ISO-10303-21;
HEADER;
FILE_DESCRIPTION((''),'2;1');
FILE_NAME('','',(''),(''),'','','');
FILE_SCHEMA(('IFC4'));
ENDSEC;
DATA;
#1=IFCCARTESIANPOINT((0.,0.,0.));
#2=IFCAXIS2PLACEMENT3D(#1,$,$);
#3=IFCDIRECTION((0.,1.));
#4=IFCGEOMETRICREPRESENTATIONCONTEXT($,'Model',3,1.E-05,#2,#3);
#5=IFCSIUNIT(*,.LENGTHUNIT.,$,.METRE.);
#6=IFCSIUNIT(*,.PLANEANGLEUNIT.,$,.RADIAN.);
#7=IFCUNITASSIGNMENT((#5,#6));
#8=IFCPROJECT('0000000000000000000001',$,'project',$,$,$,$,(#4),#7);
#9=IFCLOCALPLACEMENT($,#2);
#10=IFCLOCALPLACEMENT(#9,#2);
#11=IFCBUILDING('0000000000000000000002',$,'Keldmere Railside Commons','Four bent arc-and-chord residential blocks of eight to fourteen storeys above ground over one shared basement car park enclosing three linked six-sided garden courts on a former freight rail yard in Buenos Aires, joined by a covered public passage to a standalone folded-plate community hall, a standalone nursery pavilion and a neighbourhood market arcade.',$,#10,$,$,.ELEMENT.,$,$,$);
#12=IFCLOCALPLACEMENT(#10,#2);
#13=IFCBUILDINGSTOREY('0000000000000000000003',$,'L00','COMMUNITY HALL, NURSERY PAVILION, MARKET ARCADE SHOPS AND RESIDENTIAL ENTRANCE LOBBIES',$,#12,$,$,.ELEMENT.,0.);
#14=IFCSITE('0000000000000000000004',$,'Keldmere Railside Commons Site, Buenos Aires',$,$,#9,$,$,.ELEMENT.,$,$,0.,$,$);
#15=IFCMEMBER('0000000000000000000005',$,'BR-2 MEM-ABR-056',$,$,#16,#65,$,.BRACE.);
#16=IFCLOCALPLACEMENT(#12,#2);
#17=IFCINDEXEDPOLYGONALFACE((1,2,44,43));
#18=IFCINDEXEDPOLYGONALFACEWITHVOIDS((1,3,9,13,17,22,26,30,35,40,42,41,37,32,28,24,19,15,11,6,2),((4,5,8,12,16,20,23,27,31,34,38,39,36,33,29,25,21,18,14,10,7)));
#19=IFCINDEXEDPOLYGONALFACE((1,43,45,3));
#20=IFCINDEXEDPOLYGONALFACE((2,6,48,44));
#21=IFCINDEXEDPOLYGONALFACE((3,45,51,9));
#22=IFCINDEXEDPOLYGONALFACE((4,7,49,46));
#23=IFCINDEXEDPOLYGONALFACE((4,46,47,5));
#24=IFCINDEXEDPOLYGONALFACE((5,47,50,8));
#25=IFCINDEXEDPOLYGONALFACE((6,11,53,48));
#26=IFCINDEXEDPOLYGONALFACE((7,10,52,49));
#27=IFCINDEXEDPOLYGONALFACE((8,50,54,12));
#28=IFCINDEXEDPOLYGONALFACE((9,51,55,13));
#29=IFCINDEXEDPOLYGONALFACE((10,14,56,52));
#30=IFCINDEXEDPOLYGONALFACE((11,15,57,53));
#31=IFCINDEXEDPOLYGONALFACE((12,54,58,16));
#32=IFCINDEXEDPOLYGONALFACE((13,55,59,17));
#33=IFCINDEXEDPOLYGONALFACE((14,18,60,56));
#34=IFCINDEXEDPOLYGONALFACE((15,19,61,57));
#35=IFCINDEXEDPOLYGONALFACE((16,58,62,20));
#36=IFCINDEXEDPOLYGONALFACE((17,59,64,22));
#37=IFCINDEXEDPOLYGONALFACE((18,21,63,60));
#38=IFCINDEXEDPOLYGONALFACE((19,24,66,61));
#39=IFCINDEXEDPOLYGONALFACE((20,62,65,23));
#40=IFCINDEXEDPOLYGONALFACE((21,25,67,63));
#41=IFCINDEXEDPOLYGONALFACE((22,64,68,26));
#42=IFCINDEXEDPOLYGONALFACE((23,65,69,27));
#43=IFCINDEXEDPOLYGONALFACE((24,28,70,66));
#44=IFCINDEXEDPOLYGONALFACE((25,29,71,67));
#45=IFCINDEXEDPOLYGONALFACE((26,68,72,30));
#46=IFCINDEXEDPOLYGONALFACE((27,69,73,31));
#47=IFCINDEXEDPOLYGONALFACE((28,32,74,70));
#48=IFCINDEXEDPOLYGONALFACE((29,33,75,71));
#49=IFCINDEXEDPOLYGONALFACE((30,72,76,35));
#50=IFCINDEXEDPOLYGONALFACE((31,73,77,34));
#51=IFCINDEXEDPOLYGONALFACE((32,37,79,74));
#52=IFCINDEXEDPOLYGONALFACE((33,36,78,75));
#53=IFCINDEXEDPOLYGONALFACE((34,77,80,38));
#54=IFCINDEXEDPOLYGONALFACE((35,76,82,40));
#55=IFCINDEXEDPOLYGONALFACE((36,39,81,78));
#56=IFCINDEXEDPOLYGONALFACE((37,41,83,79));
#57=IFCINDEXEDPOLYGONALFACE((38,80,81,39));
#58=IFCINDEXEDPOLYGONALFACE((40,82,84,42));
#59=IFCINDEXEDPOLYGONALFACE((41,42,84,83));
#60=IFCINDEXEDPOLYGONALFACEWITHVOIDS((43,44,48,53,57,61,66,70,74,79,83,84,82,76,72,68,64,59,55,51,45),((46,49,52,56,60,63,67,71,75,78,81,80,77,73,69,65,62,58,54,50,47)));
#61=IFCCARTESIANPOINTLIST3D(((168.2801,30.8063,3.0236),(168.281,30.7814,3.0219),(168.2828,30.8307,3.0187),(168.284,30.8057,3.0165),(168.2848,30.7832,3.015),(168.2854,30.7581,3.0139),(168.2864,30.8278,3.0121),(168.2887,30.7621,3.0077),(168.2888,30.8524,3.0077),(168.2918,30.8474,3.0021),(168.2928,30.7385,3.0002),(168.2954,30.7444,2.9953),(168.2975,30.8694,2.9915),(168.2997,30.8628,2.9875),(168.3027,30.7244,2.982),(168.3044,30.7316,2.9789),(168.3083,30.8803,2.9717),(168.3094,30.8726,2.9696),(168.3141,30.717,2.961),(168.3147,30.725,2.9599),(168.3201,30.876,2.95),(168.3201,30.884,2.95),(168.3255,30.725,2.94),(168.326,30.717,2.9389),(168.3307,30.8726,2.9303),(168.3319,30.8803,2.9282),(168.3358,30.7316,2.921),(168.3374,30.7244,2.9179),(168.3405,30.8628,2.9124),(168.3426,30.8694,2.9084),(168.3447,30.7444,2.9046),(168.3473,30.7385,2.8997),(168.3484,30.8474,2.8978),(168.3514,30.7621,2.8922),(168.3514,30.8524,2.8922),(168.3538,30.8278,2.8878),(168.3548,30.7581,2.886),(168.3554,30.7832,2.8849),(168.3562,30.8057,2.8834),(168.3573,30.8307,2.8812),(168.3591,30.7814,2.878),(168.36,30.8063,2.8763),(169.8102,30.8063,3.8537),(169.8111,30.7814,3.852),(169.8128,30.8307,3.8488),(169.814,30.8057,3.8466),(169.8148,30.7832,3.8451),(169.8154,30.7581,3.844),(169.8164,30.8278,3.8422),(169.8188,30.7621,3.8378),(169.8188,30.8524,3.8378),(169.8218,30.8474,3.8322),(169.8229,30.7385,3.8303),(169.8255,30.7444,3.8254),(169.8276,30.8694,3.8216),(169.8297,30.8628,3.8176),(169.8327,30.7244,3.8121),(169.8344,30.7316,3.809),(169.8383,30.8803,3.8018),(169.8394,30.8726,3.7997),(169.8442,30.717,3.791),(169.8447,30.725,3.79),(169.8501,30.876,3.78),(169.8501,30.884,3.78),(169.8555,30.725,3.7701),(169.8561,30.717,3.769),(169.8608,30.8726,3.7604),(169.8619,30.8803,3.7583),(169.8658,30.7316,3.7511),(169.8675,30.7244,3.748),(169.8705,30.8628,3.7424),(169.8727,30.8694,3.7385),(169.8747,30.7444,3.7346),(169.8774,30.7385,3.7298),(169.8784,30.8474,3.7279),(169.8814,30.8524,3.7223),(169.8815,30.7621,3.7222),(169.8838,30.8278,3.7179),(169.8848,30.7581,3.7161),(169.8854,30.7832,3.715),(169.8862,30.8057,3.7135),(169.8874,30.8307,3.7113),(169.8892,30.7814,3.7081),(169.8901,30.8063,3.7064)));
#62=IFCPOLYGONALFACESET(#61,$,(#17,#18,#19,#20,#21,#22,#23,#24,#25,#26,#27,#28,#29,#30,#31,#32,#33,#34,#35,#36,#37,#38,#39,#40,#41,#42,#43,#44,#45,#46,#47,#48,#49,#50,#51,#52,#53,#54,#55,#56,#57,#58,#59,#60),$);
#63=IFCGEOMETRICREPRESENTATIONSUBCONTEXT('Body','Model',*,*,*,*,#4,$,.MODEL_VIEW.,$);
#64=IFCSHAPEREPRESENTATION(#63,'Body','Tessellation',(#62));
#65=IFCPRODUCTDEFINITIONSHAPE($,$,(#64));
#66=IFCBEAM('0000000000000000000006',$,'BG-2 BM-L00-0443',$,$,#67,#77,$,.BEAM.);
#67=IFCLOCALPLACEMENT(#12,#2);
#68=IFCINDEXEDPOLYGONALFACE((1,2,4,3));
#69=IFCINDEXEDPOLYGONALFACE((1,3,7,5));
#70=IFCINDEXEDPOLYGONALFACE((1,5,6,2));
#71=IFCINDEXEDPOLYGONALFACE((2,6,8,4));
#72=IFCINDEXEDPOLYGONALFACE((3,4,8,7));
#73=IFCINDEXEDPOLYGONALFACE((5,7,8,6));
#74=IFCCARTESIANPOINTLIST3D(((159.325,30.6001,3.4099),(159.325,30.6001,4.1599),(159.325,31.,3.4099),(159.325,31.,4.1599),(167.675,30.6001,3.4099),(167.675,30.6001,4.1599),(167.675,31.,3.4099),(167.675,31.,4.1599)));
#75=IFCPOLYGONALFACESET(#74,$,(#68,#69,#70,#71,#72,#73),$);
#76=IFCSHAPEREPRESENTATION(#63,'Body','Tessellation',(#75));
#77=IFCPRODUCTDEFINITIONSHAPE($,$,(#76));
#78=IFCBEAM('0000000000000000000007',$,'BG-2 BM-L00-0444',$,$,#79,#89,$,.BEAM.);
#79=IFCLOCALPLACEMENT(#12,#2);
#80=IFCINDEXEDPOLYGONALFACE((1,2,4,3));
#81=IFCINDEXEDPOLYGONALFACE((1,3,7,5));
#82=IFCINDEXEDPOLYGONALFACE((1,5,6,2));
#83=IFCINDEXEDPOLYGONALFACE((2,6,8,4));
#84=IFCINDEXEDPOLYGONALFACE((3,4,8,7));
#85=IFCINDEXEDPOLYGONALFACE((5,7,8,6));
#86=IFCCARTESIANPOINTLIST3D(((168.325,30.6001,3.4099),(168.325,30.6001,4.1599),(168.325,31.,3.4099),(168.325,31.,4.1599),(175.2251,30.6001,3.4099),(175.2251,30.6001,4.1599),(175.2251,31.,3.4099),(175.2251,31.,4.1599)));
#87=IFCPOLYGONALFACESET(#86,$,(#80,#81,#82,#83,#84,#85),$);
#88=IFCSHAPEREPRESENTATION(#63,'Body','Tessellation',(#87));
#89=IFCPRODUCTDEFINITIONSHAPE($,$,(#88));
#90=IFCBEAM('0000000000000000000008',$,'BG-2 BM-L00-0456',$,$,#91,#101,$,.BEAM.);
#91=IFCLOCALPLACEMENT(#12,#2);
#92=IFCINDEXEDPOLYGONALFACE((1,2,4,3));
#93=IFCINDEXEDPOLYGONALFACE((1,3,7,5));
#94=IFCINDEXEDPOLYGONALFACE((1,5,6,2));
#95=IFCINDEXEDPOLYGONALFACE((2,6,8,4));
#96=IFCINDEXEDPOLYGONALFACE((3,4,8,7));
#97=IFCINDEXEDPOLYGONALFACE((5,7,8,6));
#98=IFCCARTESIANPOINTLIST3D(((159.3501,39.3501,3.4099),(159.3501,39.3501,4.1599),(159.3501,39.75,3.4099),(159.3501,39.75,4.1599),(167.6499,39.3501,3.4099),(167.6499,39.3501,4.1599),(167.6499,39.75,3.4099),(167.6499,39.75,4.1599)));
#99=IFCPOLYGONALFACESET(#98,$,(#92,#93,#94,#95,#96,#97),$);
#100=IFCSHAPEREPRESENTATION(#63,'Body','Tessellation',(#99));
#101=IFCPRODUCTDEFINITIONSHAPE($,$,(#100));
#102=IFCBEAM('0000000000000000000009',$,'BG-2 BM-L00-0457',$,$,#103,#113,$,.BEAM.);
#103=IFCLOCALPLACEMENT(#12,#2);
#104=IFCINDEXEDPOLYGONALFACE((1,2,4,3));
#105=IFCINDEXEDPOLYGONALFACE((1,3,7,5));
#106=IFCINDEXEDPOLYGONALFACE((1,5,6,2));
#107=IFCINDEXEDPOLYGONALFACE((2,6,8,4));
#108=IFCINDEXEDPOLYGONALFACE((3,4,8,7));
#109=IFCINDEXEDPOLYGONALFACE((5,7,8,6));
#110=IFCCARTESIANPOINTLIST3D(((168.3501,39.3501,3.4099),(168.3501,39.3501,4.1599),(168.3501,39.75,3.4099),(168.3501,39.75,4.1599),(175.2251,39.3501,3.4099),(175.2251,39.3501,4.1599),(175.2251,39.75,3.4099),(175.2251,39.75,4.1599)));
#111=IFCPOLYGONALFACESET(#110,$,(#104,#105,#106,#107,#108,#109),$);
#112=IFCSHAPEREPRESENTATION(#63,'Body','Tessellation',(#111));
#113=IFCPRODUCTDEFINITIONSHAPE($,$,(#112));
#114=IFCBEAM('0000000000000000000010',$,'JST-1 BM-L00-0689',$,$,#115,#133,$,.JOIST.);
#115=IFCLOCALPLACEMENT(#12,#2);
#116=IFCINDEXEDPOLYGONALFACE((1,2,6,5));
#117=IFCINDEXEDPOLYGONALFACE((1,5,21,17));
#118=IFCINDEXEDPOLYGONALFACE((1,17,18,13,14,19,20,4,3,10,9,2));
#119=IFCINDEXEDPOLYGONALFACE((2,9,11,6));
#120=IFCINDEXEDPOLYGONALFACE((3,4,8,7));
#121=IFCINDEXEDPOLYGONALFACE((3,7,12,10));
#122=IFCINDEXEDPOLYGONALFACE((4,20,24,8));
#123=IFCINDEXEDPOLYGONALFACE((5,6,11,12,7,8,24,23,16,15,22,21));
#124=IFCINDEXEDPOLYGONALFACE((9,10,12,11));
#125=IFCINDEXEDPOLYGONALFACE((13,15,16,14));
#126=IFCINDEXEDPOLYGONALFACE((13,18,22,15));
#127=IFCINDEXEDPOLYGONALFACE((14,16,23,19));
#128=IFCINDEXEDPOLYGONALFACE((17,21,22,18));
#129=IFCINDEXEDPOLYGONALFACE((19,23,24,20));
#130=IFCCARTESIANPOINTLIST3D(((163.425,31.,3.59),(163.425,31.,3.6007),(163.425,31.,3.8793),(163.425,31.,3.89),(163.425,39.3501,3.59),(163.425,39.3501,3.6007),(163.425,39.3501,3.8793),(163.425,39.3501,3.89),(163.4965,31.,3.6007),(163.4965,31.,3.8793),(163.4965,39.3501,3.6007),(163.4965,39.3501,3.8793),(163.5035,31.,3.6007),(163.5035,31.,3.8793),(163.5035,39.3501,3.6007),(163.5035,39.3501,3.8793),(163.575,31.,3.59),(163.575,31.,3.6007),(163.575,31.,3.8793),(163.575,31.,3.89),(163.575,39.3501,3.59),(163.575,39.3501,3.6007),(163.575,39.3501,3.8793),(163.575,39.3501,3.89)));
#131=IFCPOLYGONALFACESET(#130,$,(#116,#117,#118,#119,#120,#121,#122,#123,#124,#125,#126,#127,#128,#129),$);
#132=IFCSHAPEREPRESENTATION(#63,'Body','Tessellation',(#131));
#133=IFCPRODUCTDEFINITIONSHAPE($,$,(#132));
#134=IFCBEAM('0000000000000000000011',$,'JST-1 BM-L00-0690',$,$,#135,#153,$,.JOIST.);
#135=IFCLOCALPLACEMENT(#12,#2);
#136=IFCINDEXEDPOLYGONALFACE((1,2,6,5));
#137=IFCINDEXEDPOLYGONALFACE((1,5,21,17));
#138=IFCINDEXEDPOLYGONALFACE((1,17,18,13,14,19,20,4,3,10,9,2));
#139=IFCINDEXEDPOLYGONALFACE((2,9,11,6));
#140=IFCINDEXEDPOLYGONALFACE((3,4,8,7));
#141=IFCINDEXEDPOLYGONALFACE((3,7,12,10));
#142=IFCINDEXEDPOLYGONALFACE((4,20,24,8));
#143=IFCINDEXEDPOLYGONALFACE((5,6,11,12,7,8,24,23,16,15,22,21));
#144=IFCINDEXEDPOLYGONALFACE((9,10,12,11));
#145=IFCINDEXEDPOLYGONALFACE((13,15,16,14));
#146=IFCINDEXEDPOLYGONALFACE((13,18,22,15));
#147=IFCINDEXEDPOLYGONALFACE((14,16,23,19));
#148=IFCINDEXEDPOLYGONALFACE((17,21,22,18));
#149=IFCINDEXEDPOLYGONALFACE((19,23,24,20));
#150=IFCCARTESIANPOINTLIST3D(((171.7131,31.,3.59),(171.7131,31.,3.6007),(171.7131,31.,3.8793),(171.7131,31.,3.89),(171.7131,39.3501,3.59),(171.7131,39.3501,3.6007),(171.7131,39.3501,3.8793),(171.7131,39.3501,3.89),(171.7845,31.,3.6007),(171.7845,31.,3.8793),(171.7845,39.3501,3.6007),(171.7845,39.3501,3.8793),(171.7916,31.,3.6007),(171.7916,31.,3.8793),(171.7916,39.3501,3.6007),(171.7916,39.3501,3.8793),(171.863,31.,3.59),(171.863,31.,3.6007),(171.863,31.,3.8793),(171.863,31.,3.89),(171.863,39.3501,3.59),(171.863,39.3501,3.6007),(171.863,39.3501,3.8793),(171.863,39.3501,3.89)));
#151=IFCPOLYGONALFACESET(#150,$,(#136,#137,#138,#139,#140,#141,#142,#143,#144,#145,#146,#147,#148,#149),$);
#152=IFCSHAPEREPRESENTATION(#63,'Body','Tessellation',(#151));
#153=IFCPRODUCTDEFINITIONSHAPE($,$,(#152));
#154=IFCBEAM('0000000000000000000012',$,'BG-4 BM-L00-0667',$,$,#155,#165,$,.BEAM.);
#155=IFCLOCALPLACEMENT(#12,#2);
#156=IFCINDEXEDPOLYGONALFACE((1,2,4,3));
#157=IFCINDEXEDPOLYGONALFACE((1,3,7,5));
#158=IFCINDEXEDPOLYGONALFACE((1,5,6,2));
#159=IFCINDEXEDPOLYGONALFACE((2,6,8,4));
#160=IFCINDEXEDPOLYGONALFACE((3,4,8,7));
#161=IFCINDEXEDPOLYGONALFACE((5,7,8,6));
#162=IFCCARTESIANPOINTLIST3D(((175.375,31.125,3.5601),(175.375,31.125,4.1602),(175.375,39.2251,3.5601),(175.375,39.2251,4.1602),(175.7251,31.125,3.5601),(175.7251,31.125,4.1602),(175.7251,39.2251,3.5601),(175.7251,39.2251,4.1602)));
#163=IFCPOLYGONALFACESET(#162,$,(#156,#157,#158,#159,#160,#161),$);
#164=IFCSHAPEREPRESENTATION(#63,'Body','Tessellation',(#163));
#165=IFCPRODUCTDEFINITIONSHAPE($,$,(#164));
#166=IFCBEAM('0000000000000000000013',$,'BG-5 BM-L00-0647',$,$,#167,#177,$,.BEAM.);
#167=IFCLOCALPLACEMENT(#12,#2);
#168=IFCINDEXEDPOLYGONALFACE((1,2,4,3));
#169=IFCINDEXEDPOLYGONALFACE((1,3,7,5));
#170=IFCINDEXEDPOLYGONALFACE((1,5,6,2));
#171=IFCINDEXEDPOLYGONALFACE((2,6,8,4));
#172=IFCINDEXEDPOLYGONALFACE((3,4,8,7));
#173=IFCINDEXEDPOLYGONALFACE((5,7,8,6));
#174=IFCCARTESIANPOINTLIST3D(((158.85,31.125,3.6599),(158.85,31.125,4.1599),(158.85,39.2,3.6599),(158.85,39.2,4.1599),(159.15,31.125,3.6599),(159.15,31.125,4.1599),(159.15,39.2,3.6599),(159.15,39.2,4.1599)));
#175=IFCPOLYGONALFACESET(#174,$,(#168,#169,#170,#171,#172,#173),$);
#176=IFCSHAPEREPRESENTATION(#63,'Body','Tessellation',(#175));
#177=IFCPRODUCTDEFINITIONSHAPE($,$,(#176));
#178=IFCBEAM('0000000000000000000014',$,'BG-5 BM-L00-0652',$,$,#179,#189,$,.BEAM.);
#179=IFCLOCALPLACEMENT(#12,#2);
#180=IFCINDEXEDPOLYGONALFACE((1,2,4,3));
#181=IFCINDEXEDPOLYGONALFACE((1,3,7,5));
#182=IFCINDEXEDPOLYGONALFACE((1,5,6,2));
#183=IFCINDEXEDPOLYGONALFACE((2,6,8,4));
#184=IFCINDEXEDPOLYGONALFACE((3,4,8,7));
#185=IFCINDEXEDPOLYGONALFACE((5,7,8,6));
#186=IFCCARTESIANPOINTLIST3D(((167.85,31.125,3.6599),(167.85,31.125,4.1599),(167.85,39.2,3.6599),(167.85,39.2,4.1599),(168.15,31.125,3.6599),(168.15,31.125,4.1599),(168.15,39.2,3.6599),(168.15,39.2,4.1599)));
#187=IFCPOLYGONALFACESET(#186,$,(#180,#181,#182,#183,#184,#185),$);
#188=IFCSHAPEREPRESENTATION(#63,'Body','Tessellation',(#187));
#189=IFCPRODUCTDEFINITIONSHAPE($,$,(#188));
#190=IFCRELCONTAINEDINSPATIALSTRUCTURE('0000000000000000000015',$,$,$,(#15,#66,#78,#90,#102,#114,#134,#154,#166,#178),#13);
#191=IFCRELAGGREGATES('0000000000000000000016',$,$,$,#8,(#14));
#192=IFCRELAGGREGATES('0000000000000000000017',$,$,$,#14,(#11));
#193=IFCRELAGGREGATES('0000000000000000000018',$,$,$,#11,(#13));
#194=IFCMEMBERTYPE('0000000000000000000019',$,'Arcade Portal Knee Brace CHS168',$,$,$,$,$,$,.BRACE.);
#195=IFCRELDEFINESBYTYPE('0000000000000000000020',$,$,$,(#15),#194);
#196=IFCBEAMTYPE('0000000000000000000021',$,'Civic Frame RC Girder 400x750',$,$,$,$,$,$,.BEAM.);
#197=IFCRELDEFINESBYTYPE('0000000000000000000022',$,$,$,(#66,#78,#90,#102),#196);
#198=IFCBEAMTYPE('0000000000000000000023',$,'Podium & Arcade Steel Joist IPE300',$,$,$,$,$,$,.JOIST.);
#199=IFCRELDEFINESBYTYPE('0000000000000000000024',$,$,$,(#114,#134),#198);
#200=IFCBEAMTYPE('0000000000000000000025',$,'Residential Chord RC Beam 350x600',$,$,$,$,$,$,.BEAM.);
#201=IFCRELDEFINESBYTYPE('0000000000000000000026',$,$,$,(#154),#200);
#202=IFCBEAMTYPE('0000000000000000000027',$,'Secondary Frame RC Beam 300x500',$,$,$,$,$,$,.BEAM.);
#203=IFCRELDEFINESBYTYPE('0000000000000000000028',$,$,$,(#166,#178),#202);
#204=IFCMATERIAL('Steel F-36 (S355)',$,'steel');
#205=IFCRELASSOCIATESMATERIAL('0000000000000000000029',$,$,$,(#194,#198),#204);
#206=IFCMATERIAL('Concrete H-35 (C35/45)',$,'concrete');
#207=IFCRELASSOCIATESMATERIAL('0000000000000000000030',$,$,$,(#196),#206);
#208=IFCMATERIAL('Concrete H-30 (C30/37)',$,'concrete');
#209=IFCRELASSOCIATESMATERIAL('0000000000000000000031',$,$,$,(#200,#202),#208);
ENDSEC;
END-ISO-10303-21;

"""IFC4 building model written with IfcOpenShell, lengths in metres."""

from ifc_helpers import new_model, si_unit, direction, frame, origin, origin_2d, place, context, subcontext, project, spatial, rectangle, hollow_circle, i_section, extrude, material, material_profile, profile_set, type_object, element, save


model = new_model("IFC4")

# Units and contexts
model_context = context("Model", 3, precision=1e-05, world=origin(), true_north=direction((0.0, 1.0)))
body_context = subcontext(model_context, "Body", "Model", "MODEL_VIEW")
ifc_project = project(units=[si_unit("LENGTHUNIT", "METRE"), si_unit("PLANEANGLEUNIT", "RADIAN")], contexts=[model_context])

# Site, building, storey
site_placement = place(None, origin())
site = spatial("IfcSite", under=ifc_project, at=site_placement, Name="Keldmere Railside Commons Site, Buenos Aires", CompositionType="ELEMENT", RefElevation=0.0)
building_placement = place(site_placement, origin())
building = spatial("IfcBuilding", under=site, at=building_placement, Name="Keldmere Railside Commons", Description="Four bent arc-and-chord residential blocks of eight to fourteen storeys above ground over one shared basement car park enclosing three linked six-sided garden courts on a former freight rail yard in Buenos Aires, joined by a covered public passage to a standalone folded-plate community hall, a standalone nursery pavilion and a neighbourhood market arcade.", CompositionType="ELEMENT")
storey_placement = place(building_placement, origin())
storey = spatial("IfcBuildingStorey", under=building, at=storey_placement, Name="L00", Description="COMMUNITY HALL, NURSERY PAVILION, MARKET ARCADE SHOPS AND RESIDENTIAL ENTRANCE LOBBIES", CompositionType="ELEMENT", Elevation=0.0)

# Member
ifc_material_1 = material(Name="Steel F-36 (S355)", Category="steel")
ifc_material_profile_1 = material_profile(ifc_material_1, hollow_circle(Radius=0.084, WallThickness=0.0081, at=origin_2d()), Name="CHS-168x8")
ifc_profile_set_1 = profile_set([ifc_material_profile_1], Name="Steel F-36 (S355)")
member_type = type_object("IfcMemberType", Name="Arcade Portal Knee Brace CHS168", PredefinedType="BRACE", material=ifc_profile_set_1)
for number, where, z_axis, x_axis, name in (
    (1, (168.3201, 30.8, 2.95), (0.878976, 0.0, 0.476866), (0.0, 1.0, 0.0), "BR-2 MEM-ABR-056"),
):
    element("IfcMember", number, at=place(storey_placement, frame(where, z_axis=z_axis, x_axis=x_axis)), inside=storey, type_object=member_type, Name=name, PredefinedType="BRACE", context=body_context, shape_type="SweptSolid", body=[
        extrude(hollow_circle(Radius=0.084, WallThickness=0.0081, at=origin_2d()), origin(), (0.0, 0.0, 1.0), 1.7407),
    ])

# Beams
ifc_material_2 = material(Name="Concrete H-35 (C35/45)", Category="concrete")
ifc_material_profile_2 = material_profile(ifc_material_2, rectangle(XDim=0.3999, YDim=0.75, at=origin_2d()), Name="RC-400x750")
ifc_profile_set_2 = profile_set([ifc_material_profile_2], Name="Concrete H-35 (C35/45)")
beam_type_1 = type_object("IfcBeamType", Name="Civic Frame RC Girder 400x750", PredefinedType="BEAM", material=ifc_profile_set_2)
beam_1_placement = place(storey_placement, frame((159.325, 30.8, 3.7849), z_axis=(1.0, 0.0, 0.0), x_axis=(0.0, 1.0, 0.0)))
element("IfcBeam", 2, at=beam_1_placement, inside=storey, type_object=beam_type_1, Name="BG-2 BM-L00-0443", PredefinedType="BEAM", context=body_context, shape_type="SweptSolid", body=[
    extrude(rectangle(XDim=0.3999, YDim=0.75, at=origin_2d()), origin(), (0.0, 0.0, 1.0), 8.3501),
])
beam_2_placement = place(storey_placement, frame((168.325, 30.8, 3.7849), z_axis=(1.0, 0.0, 0.0), x_axis=(0.0, 1.0, 0.0)))
element("IfcBeam", 3, at=beam_2_placement, inside=storey, type_object=beam_type_1, Name="BG-2 BM-L00-0444", PredefinedType="BEAM", context=body_context, shape_type="SweptSolid", body=[
    extrude(rectangle(XDim=0.3999, YDim=0.75, at=origin_2d()), origin(), (0.0, 0.0, 1.0), 6.9001),
])
beam_3_placement = place(storey_placement, frame((159.3501, 39.55, 3.7849), z_axis=(1.0, 0.0, 0.0), x_axis=(0.0, 1.0, 0.0)))
element("IfcBeam", 4, at=beam_3_placement, inside=storey, type_object=beam_type_1, Name="BG-2 BM-L00-0456", PredefinedType="BEAM", context=body_context, shape_type="SweptSolid", body=[
    extrude(rectangle(XDim=0.3999, YDim=0.75, at=origin_2d()), origin(), (0.0, 0.0, 1.0), 8.2998),
])
beam_4_placement = place(storey_placement, frame((168.3501, 39.55, 3.7849), z_axis=(1.0, 0.0, 0.0), x_axis=(0.0, 1.0, 0.0)))
element("IfcBeam", 5, at=beam_4_placement, inside=storey, type_object=beam_type_1, Name="BG-2 BM-L00-0457", PredefinedType="BEAM", context=body_context, shape_type="SweptSolid", body=[
    extrude(rectangle(XDim=0.3999, YDim=0.75, at=origin_2d()), origin(), (0.0, 0.0, 1.0), 6.875),
])
ifc_material_profile_3 = material_profile(ifc_material_1, i_section(OverallWidth=0.1499, OverallDepth=0.3, WebThickness=0.0071, FlangeThickness=0.0107, at=origin_2d()), Name="IPE-300")
ifc_profile_set_3 = profile_set([ifc_material_profile_3], Name="Steel F-36 (S355)")
beam_type_2 = type_object("IfcBeamType", Name="Podium & Arcade Steel Joist IPE300", PredefinedType="JOIST", material=ifc_profile_set_3)
for number, where, z_axis, x_axis, name in (
    (6, (163.5, 31.0, 3.74), (0.0, 1.0, 0.0), (-1.0, 0.0, 0.0), "JST-1 BM-L00-0689"),
    (7, (171.7881, 31.0, 3.74), (0.0, 1.0, 0.0), (-1.0, 0.0, 0.0), "JST-1 BM-L00-0690"),
):
    element("IfcBeam", number, at=place(storey_placement, frame(where, z_axis=z_axis, x_axis=x_axis)), inside=storey, type_object=beam_type_2, Name=name, PredefinedType="JOIST", context=body_context, shape_type="SweptSolid", body=[
        extrude(i_section(OverallWidth=0.1499, OverallDepth=0.3, WebThickness=0.0071, FlangeThickness=0.0107, at=origin_2d()), origin(), (0.0, 0.0, 1.0), 8.3501),
    ])
ifc_material_3 = material(Name="Concrete H-30 (C30/37)", Category="concrete")
ifc_material_profile_4 = material_profile(ifc_material_3, rectangle(XDim=0.3501, YDim=0.6001, at=origin_2d()), Name="RC-350x600")
ifc_profile_set_4 = profile_set([ifc_material_profile_4], Name="Concrete H-30 (C30/37)")
beam_type_3 = type_object("IfcBeamType", Name="Residential Chord RC Beam 350x600", PredefinedType="BEAM", material=ifc_profile_set_4)
beam_5_placement = place(storey_placement, frame((175.55, 31.125, 3.8601), z_axis=(0.0, 1.0, 0.0), x_axis=(-1.0, 0.0, 0.0)))
element("IfcBeam", 8, at=beam_5_placement, inside=storey, type_object=beam_type_3, Name="BG-4 BM-L00-0667", PredefinedType="BEAM", context=body_context, shape_type="SweptSolid", body=[
    extrude(rectangle(XDim=0.3501, YDim=0.6001, at=origin_2d()), origin(), (0.0, 0.0, 1.0), 8.1001),
])
ifc_material_profile_5 = material_profile(ifc_material_3, rectangle(XDim=0.3, YDim=0.5, at=origin_2d()), Name="RC-300x500")
ifc_profile_set_5 = profile_set([ifc_material_profile_5], Name="Concrete H-30 (C30/37)")
beam_type_4 = type_object("IfcBeamType", Name="Secondary Frame RC Beam 300x500", PredefinedType="BEAM", material=ifc_profile_set_5)
for number, where, z_axis, x_axis, name in (
    (9, (159.0, 31.125, 3.9099), (0.0, 1.0, 0.0), (-1.0, 0.0, 0.0), "BG-5 BM-L00-0647"),
    (10, (168.0, 31.125, 3.9099), (0.0, 1.0, 0.0), (-1.0, 0.0, 0.0), "BG-5 BM-L00-0652"),
):
    element("IfcBeam", number, at=place(storey_placement, frame(where, z_axis=z_axis, x_axis=x_axis)), inside=storey, type_object=beam_type_4, Name=name, PredefinedType="BEAM", context=body_context, shape_type="SweptSolid", body=[
        extrude(rectangle(XDim=0.3, YDim=0.5, at=origin_2d()), origin(), (0.0, 0.0, 1.0), 8.075),
    ])

save(model, "model.ifc")
